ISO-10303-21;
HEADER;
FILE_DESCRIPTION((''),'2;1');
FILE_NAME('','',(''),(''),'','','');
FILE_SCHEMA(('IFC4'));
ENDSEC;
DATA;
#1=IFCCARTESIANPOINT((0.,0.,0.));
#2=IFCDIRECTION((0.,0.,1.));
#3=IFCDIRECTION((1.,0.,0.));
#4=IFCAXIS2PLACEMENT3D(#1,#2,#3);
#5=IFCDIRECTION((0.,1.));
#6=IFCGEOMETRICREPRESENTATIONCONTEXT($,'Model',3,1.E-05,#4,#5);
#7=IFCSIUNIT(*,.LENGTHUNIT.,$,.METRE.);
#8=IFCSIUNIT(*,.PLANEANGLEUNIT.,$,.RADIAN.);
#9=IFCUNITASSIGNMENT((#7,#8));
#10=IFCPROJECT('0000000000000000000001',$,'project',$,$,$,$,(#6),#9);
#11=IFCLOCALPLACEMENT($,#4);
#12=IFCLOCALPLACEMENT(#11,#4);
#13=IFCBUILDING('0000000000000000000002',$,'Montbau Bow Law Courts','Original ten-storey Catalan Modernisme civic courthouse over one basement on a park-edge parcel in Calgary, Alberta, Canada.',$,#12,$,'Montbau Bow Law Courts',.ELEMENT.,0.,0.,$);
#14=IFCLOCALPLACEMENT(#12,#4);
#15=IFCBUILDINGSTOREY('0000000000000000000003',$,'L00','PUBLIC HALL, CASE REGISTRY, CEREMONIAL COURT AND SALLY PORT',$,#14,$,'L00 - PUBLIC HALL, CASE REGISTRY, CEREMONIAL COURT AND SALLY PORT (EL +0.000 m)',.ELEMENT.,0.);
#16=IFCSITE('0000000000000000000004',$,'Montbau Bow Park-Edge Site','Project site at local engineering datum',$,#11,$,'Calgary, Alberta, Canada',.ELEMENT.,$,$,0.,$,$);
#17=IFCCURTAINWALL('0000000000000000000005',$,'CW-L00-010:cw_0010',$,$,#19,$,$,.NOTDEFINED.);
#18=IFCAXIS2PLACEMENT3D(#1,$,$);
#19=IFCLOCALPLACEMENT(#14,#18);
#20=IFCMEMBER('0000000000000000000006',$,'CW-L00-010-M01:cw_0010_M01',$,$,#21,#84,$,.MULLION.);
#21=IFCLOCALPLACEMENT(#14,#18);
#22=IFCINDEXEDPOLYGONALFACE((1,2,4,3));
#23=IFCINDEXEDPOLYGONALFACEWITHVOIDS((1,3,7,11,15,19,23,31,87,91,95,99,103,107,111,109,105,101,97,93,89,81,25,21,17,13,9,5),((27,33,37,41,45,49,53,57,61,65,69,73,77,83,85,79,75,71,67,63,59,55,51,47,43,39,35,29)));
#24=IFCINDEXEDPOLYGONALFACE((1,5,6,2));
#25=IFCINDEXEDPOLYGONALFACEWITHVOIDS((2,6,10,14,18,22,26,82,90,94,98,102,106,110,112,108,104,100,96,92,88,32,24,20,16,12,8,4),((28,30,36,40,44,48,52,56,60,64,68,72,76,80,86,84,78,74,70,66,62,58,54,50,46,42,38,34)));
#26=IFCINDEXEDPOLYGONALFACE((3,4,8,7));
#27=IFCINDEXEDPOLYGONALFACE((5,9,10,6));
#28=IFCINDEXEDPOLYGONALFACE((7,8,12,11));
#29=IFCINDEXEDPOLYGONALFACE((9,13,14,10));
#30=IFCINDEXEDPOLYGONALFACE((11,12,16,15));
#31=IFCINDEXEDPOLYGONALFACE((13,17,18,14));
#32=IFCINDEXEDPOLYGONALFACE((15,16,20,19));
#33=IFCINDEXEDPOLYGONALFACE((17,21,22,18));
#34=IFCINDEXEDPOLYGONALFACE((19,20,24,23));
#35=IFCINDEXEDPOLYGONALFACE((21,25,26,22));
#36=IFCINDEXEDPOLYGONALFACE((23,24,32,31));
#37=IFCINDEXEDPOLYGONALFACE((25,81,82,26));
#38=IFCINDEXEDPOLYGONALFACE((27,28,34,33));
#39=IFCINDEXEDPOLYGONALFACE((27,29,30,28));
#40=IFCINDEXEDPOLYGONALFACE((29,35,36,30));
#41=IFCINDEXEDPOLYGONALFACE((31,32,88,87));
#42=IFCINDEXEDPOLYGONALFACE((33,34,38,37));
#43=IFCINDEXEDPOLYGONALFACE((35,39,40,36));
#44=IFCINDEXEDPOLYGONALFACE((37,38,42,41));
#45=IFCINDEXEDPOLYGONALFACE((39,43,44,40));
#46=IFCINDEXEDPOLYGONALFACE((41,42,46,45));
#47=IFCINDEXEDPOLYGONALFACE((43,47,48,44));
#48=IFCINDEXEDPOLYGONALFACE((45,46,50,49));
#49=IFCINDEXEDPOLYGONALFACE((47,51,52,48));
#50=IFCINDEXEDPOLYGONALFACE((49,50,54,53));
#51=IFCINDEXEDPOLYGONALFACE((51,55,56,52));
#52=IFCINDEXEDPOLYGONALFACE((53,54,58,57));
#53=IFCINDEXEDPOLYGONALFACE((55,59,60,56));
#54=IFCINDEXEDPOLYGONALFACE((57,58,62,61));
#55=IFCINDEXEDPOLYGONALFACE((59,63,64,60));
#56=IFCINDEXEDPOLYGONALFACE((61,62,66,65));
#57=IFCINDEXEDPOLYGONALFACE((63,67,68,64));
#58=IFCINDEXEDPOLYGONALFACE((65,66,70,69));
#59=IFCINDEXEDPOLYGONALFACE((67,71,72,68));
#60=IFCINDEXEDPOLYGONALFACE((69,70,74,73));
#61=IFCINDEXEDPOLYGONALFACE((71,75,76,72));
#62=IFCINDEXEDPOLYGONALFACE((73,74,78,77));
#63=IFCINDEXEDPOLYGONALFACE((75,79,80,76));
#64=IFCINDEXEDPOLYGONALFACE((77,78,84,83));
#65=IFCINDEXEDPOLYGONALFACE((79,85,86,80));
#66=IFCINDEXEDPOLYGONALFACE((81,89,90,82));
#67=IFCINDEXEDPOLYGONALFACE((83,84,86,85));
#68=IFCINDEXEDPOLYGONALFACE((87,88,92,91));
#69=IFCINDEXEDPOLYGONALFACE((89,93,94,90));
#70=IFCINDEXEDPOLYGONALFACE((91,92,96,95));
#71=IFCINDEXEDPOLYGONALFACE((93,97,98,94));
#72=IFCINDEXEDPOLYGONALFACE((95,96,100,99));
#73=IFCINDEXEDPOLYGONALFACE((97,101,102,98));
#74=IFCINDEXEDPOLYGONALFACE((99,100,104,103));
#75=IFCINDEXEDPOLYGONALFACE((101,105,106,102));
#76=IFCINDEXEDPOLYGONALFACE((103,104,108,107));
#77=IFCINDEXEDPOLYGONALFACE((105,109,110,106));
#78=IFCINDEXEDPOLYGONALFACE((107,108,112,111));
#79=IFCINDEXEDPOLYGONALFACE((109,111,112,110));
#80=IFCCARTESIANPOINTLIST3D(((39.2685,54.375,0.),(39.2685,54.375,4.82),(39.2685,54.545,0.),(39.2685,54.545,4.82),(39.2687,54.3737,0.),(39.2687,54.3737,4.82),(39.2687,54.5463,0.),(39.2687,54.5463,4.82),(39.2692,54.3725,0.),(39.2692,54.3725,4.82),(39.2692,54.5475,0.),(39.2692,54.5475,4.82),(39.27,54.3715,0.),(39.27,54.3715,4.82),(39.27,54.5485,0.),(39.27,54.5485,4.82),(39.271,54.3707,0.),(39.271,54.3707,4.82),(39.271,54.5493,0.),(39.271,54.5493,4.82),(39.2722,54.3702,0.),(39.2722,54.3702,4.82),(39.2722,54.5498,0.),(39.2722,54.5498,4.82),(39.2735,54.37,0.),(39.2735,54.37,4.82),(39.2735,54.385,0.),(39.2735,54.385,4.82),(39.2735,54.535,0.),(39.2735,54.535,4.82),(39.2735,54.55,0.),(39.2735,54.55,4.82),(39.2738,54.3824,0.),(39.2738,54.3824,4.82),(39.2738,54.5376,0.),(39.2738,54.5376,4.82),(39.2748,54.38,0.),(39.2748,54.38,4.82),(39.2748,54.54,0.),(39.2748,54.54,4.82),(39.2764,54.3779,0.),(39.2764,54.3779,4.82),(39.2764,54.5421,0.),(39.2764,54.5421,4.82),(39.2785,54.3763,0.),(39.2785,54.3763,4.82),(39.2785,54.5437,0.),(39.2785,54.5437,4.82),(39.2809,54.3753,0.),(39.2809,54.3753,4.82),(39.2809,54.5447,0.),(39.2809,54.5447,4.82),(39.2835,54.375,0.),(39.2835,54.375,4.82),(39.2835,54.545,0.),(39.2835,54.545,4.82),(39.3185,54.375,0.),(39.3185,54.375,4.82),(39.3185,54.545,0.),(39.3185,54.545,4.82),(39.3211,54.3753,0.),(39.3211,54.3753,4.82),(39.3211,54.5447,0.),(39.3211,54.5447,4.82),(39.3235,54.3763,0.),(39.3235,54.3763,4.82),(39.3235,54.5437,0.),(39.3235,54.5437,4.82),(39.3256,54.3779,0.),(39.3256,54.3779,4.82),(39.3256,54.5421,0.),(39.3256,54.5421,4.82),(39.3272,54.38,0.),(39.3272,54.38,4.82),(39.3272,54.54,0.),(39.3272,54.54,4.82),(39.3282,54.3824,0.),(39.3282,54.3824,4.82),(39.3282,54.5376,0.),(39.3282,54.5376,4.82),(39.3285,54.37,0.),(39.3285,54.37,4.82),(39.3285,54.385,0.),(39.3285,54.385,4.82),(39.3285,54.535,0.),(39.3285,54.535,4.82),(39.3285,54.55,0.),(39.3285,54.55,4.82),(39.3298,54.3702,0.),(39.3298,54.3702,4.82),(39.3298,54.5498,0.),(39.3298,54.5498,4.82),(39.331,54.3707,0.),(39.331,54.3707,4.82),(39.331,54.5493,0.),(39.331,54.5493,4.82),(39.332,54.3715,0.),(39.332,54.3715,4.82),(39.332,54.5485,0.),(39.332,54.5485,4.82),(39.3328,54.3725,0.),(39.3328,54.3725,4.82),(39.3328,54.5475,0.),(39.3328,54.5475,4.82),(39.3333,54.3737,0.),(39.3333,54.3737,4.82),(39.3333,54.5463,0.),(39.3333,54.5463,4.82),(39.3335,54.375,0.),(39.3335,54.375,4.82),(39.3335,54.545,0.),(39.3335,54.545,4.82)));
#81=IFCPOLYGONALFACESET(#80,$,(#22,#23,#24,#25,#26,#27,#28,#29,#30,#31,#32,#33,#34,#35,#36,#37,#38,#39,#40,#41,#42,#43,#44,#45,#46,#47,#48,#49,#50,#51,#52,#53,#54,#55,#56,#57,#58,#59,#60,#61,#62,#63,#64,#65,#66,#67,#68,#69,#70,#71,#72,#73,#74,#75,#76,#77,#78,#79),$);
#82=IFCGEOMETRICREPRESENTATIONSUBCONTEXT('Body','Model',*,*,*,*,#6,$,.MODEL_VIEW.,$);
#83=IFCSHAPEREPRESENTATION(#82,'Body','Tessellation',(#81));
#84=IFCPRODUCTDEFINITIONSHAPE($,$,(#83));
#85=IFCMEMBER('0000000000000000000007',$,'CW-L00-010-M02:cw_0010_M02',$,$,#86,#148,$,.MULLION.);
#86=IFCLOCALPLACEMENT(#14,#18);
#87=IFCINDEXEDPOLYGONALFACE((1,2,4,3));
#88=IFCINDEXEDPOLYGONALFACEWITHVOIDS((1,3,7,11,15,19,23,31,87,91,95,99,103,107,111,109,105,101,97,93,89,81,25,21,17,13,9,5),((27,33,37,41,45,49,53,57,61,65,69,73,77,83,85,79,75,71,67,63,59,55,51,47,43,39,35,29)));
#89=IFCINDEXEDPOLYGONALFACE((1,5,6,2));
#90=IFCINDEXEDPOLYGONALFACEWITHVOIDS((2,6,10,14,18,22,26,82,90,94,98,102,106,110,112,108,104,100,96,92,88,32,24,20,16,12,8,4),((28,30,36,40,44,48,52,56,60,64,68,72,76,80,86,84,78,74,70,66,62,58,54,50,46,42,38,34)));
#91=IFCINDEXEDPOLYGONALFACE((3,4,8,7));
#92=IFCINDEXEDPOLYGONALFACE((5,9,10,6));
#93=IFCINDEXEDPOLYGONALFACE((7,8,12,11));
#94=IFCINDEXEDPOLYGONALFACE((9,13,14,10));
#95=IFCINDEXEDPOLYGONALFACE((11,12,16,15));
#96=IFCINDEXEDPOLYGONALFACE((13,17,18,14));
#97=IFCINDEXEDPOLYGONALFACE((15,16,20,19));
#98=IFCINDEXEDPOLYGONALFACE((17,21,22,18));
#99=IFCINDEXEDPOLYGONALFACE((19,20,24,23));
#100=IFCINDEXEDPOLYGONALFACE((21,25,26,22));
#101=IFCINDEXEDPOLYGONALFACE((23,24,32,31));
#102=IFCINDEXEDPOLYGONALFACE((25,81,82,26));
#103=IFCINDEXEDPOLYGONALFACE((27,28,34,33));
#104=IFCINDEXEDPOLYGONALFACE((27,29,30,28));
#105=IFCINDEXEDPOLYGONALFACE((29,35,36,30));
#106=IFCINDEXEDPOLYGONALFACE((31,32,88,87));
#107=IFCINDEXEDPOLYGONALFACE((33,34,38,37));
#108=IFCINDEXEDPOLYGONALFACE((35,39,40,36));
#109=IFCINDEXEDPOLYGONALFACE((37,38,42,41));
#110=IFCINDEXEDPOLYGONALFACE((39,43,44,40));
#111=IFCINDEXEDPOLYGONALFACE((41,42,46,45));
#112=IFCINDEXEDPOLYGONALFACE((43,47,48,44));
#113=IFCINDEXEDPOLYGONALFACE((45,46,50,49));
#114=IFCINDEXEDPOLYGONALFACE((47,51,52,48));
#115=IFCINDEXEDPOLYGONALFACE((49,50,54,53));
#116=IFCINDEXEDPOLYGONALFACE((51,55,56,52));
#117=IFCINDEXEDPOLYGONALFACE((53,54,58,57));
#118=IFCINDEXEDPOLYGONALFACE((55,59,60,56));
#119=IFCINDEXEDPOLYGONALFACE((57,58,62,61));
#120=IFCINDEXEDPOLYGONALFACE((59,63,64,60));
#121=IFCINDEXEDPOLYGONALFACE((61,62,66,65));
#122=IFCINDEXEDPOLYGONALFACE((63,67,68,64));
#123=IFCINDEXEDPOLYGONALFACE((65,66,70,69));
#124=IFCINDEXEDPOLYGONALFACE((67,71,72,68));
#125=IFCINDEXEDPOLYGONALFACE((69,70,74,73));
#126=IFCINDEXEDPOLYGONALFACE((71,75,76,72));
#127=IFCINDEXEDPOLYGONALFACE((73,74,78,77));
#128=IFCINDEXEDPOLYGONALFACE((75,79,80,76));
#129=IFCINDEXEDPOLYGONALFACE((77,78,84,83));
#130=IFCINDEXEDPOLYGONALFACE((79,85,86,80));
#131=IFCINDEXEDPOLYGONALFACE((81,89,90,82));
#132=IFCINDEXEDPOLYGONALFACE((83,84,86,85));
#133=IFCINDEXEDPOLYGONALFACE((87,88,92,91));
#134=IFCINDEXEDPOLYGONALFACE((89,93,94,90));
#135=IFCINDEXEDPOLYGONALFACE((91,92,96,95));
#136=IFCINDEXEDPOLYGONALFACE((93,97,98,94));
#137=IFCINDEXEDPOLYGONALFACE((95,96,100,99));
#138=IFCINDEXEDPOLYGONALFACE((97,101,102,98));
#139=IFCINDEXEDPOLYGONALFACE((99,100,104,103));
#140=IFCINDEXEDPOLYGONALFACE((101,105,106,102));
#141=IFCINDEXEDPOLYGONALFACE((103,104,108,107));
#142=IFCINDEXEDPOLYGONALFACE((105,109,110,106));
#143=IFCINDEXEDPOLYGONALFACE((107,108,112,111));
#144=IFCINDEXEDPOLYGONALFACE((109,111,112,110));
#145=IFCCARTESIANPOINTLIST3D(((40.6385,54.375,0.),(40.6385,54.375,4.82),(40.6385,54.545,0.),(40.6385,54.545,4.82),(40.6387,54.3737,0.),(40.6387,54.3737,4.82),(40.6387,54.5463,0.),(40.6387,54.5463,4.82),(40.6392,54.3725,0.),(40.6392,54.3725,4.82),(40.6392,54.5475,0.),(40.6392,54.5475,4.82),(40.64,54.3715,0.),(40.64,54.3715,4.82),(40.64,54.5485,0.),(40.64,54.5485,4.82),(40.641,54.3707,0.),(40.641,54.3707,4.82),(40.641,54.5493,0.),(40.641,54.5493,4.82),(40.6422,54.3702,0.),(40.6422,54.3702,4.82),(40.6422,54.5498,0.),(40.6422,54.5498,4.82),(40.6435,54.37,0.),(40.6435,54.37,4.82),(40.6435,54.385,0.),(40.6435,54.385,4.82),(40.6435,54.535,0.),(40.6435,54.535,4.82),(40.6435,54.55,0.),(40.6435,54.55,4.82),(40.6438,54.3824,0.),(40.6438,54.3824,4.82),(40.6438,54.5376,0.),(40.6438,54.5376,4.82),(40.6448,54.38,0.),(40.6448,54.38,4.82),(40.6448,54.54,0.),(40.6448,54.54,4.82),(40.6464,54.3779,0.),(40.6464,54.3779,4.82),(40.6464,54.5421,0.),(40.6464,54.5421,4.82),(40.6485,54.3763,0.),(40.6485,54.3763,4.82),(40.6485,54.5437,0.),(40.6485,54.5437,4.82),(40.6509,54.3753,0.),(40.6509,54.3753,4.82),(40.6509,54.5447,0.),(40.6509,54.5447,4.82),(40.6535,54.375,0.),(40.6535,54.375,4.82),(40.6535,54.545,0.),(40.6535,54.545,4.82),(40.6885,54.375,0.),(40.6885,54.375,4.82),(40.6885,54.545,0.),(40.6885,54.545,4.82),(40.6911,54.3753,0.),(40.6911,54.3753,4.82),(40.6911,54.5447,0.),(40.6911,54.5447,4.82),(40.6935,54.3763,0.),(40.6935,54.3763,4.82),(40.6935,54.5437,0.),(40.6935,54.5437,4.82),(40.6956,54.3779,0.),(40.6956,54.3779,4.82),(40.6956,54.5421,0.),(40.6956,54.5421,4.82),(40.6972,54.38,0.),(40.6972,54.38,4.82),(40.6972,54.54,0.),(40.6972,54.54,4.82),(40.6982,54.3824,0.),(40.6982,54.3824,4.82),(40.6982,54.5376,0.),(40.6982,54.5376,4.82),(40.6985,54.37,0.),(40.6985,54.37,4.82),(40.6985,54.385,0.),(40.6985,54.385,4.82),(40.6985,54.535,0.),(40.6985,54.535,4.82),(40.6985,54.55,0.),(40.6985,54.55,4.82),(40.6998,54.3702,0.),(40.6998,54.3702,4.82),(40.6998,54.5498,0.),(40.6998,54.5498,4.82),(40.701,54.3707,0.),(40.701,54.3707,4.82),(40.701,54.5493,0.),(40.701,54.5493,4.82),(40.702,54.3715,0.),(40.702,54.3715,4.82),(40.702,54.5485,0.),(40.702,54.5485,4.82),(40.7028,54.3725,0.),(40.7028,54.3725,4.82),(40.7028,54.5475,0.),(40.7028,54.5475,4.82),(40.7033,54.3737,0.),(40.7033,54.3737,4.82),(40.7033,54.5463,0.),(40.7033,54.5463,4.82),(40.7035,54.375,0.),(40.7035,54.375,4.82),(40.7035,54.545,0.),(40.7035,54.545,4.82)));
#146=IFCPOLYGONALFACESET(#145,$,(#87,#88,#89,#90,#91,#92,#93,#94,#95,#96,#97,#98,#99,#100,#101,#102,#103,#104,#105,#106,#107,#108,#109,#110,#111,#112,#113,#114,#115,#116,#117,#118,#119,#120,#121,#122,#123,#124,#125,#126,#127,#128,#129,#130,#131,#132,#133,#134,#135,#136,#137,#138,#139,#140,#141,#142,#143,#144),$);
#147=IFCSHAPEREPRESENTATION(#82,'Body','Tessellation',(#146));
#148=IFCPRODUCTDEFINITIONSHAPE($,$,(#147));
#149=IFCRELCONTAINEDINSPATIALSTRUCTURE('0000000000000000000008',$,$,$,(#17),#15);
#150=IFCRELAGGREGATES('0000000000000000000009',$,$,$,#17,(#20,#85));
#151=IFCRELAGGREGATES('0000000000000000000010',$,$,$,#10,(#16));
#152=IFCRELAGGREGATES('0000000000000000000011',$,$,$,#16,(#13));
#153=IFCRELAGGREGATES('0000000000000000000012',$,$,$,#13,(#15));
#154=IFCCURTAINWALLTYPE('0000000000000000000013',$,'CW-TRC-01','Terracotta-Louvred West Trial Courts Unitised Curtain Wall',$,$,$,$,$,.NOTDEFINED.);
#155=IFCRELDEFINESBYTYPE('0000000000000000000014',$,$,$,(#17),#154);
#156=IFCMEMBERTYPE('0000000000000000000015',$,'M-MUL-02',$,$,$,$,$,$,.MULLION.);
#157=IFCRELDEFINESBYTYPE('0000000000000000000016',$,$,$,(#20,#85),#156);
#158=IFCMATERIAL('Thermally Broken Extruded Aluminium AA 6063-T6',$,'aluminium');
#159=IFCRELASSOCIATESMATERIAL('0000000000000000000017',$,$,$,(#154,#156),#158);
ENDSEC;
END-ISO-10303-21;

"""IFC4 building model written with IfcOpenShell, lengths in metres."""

from ifc_helpers import new_model, si_unit, direction, frame, origin_with_axes, origin_2d_with_axis, place, context, subcontext, project, spatial, hollow_rectangle, extrude, material, material_profile, profile_set, type_object, element, aggregate, save


model = new_model("IFC4")

# Units and contexts
model_context = context("Model", 3, precision=1e-05, world=origin_with_axes(), true_north=direction((0.0, 1.0)))
body_context = subcontext(model_context, "Body", "Model", "MODEL_VIEW")
ifc_project = project(units=[si_unit("LENGTHUNIT", "METRE"), si_unit("PLANEANGLEUNIT", "RADIAN")], contexts=[model_context])

# Site, building, storey
site_placement = place(None, origin_with_axes())
site = spatial("IfcSite", under=ifc_project, at=site_placement, Name="Montbau Bow Park-Edge Site", Description="Project site at local engineering datum", LongName="Calgary, Alberta, Canada", CompositionType="ELEMENT", RefElevation=0.0)
building_placement = place(site_placement, origin_with_axes())
building = spatial("IfcBuilding", under=site, at=building_placement, Name="Montbau Bow Law Courts", Description="Original ten-storey Catalan Modernisme civic courthouse over one basement on a park-edge parcel in Calgary, Alberta, Canada.", LongName="Montbau Bow Law Courts", CompositionType="ELEMENT", ElevationOfRefHeight=0.0, ElevationOfTerrain=0.0)
storey_placement = place(building_placement, origin_with_axes())
storey = spatial("IfcBuildingStorey", under=building, at=storey_placement, Name="L00", Description="PUBLIC HALL, CASE REGISTRY, CEREMONIAL COURT AND SALLY PORT", LongName="L00 - PUBLIC HALL, CASE REGISTRY, CEREMONIAL COURT AND SALLY PORT (EL +0.000 m)", CompositionType="ELEMENT", Elevation=0.0)

# Curtain wall, members
ifc_material_1 = material(Name="Thermally Broken Extruded Aluminium AA 6063-T6", Category="aluminium")
curtain_wall_type = type_object("IfcCurtainWallType", Name="CW-TRC-01", Description="Terracotta-Louvred West Trial Courts Unitised Curtain Wall", PredefinedType="NOTDEFINED", material=ifc_material_1)
curtain_wall_1_placement = place(None, frame((39.268, 54.46, 0.0), z_axis=(0.0, 0.0, 1.0), x_axis=(1.0, 0.0, 0.0)))
curtain_wall_1 = element("IfcCurtainWall", 1, at=curtain_wall_1_placement, inside=storey, type_object=curtain_wall_type, Name="CW-L00-010:cw_0010", PredefinedType="NOTDEFINED")
ifc_material_profile_1 = material_profile(ifc_material_1, hollow_rectangle(XDim=0.065, YDim=0.18, WallThickness=0.005, InnerFilletRadius=0.01, OuterFilletRadius=0.005, at=origin_2d_with_axis()), Name="CWM-180X65", Category="Main", Priority=0)
ifc_profile_set_1 = profile_set([ifc_material_profile_1], Name="Thermally Broken Extruded Aluminium AA 6063-T6")
member_type_1 = type_object("IfcMemberType", Name="M-MUL-02", PredefinedType="MULLION", material=ifc_profile_set_1)
member_1_placement = place(None, frame((39.301, 54.46, 0.0), z_axis=(0.0, 0.0, 1.0), x_axis=(1.0, 0.0, 0.0)))
member_1 = element("IfcMember", 2, at=member_1_placement, type_object=member_type_1, Name="CW-L00-010-M01:cw_0010_M01", PredefinedType="MULLION", context=body_context, shape_type="SweptSolid", body=[
    extrude(hollow_rectangle(XDim=0.065, YDim=0.18, WallThickness=0.005, InnerFilletRadius=0.01, OuterFilletRadius=0.005, at=origin_2d_with_axis()), origin_with_axes(), (0.0, 0.0, 1.0), 4.82),
])
member_2_placement = place(None, frame((40.671, 54.46, 0.0), z_axis=(0.0, 0.0, 1.0), x_axis=(1.0, 0.0, 0.0)))
member_2 = element("IfcMember", 3, at=member_2_placement, type_object=member_type_1, Name="CW-L00-010-M02:cw_0010_M02", PredefinedType="MULLION", context=body_context, shape_type="SweptSolid", body=[
    extrude(hollow_rectangle(XDim=0.065, YDim=0.18, WallThickness=0.005, InnerFilletRadius=0.01, OuterFilletRadius=0.005, at=origin_2d_with_axis()), origin_with_axes(), (0.0, 0.0, 1.0), 4.82),
])

aggregate(curtain_wall_1, [member_1, member_2])

save(model, "model.ifc")
